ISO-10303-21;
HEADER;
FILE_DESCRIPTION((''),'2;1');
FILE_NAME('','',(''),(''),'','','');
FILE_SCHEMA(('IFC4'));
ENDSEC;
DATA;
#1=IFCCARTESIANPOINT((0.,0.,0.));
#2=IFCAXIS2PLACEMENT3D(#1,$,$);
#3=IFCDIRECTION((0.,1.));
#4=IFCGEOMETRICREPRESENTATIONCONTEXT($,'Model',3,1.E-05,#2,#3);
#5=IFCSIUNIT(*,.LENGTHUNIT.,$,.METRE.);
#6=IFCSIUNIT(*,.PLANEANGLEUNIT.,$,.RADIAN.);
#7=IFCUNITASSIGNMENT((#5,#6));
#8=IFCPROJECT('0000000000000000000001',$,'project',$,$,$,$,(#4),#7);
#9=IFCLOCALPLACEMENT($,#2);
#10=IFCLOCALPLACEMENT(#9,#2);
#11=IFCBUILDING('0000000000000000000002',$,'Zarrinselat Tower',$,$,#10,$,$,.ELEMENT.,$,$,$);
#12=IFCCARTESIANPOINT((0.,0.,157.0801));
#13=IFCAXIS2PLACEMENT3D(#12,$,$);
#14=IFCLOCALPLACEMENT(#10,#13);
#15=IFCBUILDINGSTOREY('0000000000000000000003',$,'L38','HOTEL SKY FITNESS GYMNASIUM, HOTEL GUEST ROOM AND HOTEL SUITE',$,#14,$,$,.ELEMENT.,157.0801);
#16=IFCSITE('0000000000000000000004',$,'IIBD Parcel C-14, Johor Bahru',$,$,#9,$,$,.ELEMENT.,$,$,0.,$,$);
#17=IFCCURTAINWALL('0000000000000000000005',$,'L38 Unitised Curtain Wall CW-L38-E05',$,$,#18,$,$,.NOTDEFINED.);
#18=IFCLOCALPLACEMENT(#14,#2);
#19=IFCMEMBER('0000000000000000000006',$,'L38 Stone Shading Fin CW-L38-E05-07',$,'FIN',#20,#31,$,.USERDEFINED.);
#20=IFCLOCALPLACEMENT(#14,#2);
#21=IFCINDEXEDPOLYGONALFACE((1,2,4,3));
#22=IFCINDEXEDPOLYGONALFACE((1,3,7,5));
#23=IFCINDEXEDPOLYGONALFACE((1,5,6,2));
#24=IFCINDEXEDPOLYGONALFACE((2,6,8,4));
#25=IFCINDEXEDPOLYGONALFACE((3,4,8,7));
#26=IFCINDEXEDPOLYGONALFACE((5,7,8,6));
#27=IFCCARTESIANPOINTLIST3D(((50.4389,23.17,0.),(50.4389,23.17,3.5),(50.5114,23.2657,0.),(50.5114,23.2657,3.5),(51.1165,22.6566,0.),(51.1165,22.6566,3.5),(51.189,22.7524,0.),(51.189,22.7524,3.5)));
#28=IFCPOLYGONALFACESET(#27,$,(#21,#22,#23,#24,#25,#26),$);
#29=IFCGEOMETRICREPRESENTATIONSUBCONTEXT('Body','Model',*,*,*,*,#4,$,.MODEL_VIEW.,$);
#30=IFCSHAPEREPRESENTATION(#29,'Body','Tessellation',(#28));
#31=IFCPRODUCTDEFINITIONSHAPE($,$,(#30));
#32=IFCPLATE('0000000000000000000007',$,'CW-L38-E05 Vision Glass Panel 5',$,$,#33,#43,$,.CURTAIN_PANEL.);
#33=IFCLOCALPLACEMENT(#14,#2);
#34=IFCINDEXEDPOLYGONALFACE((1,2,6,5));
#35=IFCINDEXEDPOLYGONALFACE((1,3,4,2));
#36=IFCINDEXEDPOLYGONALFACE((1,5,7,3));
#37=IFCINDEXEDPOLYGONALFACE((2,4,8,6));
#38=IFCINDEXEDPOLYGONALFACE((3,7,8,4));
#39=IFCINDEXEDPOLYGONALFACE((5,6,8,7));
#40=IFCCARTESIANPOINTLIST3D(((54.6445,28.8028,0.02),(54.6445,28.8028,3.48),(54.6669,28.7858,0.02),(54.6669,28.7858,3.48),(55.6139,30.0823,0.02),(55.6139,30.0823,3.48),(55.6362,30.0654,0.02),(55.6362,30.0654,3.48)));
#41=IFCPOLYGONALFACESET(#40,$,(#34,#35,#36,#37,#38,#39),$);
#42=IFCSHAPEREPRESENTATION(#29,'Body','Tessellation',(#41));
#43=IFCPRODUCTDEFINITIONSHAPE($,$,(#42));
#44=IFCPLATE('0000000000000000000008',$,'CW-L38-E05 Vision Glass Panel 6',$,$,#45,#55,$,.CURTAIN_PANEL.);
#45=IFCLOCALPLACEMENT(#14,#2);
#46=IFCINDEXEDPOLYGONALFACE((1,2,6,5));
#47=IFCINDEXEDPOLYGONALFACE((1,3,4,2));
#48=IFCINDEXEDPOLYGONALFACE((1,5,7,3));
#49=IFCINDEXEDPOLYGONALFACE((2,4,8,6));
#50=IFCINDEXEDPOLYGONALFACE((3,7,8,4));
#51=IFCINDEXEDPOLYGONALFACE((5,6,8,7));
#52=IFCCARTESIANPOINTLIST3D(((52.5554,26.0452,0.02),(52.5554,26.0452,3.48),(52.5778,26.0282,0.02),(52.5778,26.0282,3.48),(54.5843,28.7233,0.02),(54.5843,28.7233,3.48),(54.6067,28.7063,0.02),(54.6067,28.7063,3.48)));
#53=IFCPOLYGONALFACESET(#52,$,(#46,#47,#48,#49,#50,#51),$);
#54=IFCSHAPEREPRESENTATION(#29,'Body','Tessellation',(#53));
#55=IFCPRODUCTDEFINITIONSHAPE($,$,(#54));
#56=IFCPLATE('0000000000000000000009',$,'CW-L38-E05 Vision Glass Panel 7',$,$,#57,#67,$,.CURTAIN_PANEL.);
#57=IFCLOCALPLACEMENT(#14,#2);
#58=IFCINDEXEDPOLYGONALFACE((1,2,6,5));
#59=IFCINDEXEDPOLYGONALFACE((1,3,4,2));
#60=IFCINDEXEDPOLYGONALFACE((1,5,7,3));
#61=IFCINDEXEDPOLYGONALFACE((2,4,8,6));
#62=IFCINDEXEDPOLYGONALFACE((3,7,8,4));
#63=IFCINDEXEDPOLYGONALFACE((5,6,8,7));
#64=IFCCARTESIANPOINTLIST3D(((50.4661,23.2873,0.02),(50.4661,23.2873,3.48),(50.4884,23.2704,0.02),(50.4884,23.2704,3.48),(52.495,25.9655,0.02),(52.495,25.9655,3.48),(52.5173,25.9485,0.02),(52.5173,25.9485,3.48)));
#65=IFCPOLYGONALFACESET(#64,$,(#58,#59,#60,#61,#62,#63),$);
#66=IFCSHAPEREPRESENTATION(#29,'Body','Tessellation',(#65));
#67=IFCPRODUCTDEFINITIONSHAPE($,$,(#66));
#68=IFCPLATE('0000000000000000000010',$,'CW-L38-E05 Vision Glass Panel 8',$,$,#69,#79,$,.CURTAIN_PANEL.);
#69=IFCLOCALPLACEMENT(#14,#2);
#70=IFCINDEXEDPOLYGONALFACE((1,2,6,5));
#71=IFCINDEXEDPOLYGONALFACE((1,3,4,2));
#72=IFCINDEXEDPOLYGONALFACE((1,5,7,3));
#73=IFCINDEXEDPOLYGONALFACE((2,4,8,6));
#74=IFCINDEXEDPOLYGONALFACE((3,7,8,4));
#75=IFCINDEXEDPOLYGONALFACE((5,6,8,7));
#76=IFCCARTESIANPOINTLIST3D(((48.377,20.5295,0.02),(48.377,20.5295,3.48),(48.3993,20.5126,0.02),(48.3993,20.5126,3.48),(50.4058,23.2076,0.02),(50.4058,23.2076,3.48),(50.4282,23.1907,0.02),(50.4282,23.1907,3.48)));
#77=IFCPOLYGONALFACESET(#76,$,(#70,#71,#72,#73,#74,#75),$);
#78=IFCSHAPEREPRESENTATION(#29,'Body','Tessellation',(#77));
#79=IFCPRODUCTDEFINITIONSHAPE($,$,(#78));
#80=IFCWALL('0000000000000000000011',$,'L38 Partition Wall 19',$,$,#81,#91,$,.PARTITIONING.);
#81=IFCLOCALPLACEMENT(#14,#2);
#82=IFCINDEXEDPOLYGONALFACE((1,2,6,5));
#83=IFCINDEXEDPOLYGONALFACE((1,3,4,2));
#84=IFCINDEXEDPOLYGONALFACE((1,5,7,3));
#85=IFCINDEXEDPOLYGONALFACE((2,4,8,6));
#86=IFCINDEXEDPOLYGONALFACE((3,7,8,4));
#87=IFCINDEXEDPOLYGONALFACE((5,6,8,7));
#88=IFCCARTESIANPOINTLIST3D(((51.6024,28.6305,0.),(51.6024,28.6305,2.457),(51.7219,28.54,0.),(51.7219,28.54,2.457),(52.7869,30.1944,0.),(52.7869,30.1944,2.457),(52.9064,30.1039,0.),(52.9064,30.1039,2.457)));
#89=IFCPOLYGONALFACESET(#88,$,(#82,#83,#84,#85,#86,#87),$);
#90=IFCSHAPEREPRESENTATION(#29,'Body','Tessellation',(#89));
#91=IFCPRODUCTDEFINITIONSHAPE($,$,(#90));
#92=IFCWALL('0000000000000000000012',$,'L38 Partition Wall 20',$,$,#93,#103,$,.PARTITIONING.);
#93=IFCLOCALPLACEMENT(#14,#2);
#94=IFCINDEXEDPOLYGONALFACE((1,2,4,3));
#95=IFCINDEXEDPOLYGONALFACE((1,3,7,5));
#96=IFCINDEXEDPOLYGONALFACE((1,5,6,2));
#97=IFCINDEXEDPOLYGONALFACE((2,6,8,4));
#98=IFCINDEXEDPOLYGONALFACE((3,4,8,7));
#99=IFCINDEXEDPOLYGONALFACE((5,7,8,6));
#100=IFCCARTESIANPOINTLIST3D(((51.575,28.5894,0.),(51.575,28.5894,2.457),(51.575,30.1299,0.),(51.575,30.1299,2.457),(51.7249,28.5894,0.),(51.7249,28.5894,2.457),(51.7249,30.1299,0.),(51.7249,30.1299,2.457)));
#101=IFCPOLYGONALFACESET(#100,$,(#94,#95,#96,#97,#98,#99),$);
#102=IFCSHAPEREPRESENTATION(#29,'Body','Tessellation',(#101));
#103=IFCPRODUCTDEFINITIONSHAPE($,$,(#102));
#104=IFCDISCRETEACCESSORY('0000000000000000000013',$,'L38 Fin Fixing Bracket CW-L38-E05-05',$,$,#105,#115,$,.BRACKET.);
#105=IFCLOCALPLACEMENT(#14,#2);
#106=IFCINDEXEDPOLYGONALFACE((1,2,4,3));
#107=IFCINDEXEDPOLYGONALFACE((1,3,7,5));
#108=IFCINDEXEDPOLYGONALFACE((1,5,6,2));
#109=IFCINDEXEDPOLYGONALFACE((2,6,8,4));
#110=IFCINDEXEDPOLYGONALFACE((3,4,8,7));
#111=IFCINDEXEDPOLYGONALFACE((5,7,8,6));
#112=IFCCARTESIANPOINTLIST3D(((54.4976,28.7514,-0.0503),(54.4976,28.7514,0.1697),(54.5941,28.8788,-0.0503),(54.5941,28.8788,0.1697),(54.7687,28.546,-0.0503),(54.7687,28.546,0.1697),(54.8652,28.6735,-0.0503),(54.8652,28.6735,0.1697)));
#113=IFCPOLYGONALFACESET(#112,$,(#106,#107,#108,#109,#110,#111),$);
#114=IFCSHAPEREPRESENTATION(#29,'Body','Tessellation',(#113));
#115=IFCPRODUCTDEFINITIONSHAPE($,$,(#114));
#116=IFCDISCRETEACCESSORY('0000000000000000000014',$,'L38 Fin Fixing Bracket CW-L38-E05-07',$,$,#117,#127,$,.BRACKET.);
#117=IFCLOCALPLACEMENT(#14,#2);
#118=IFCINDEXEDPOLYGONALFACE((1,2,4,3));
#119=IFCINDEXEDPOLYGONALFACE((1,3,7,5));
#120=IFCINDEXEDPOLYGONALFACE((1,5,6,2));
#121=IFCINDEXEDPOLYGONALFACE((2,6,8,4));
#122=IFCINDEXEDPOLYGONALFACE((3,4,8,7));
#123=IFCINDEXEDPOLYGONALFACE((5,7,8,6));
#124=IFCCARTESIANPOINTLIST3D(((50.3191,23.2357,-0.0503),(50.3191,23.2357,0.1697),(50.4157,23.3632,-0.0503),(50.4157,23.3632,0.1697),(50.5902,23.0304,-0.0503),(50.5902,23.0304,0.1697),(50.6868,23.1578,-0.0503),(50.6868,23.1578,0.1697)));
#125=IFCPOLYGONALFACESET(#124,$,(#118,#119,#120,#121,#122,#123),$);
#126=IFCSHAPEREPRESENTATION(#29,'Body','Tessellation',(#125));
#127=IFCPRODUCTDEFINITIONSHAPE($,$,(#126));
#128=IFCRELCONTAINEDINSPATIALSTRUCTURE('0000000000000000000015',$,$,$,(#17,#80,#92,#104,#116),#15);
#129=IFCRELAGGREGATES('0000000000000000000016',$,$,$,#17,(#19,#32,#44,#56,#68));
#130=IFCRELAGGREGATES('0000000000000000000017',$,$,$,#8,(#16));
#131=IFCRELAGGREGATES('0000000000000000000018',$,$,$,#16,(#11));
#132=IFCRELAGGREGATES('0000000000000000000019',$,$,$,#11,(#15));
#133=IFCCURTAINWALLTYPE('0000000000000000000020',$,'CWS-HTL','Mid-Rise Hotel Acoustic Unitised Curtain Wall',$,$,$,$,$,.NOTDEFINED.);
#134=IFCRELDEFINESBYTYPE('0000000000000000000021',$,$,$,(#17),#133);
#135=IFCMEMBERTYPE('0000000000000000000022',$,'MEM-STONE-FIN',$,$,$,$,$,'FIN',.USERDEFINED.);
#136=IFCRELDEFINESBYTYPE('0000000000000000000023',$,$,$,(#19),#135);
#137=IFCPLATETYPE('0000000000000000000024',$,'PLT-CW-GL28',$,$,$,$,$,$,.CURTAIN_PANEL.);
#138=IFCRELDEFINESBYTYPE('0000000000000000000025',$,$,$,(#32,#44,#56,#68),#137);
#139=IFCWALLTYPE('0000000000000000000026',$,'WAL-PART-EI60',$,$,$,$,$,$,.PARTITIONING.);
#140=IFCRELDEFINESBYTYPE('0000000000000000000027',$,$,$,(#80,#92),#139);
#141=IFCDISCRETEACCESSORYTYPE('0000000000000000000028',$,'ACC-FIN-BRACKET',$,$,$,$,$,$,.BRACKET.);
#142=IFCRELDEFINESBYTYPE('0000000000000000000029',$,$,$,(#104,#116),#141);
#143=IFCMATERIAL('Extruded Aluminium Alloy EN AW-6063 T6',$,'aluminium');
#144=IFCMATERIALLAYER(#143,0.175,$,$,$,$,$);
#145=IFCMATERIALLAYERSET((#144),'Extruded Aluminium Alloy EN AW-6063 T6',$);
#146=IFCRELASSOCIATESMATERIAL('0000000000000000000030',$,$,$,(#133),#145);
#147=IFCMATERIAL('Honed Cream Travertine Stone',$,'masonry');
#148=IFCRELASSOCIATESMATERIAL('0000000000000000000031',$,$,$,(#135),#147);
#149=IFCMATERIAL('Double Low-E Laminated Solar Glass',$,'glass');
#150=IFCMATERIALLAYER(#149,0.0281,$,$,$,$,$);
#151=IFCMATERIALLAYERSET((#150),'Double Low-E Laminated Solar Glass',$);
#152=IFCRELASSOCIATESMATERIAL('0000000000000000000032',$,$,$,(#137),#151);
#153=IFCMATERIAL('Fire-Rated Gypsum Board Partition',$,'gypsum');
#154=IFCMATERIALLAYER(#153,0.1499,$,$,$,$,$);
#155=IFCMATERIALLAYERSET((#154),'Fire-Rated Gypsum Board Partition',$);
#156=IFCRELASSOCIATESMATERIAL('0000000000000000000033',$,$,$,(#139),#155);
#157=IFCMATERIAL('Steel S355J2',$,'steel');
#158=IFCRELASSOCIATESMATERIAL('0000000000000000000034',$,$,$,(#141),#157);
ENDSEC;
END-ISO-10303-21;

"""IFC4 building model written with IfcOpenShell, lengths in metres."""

from ifc_helpers import new_model, si_unit, direction, frame, frame_2d, origin, origin_2d, place, context, subcontext, project, spatial, rectangle, extrude, material, layer, layer_set, material_profile, profile_set, type_object, element, aggregate, save


model = new_model("IFC4")

# Units and contexts
model_context = context("Model", 3, precision=1e-05, world=origin(), true_north=direction((0.0, 1.0)))
body_context = subcontext(model_context, "Body", "Model", "MODEL_VIEW")
ifc_project = project(units=[si_unit("LENGTHUNIT", "METRE"), si_unit("PLANEANGLEUNIT", "RADIAN")], contexts=[model_context])

# Site, building, storey
site_placement = place(None, origin())
site = spatial("IfcSite", under=ifc_project, at=site_placement, Name="IIBD Parcel C-14, Johor Bahru", CompositionType="ELEMENT", RefElevation=0.0)
building_placement = place(site_placement, origin())
building = spatial("IfcBuilding", under=site, at=building_placement, Name="Zarrinselat Tower", CompositionType="ELEMENT")
storey_placement = place(building_placement, frame((0.0, 0.0, 157.0801)))
storey = spatial("IfcBuildingStorey", under=building, at=storey_placement, Name="L38", Description="HOTEL SKY FITNESS GYMNASIUM, HOTEL GUEST ROOM AND HOTEL SUITE", CompositionType="ELEMENT", Elevation=157.0801)

# Curtain wall, member, plates
ifc_material_1 = material(Name="Extruded Aluminium Alloy EN AW-6063 T6", Category="aluminium")
ifc_layer_1 = layer(ifc_material_1, 0.175)
ifc_layer_set_1 = layer_set([ifc_layer_1], Name="Extruded Aluminium Alloy EN AW-6063 T6")
curtain_wall_type = type_object("IfcCurtainWallType", Name="CWS-HTL", Description="Mid-Rise Hotel Acoustic Unitised Curtain Wall", PredefinedType="NOTDEFINED", material=ifc_layer_set_1)
curtain_wall_placement = place(storey_placement, origin())
curtain_wall = element("IfcCurtainWall", 1, at=curtain_wall_placement, inside=storey, type_object=curtain_wall_type, Name="L38 Unitised Curtain Wall CW-L38-E05", PredefinedType="NOTDEFINED")
ifc_material_2 = material(Name="Honed Cream Travertine Stone", Category="masonry")
ifc_material_profile_1 = material_profile(ifc_material_2, rectangle(XDim=0.1201, YDim=0.8501, at=origin_2d()), Name="FIN 850x120")
ifc_profile_set_1 = profile_set([ifc_material_profile_1], Name="Honed Cream Travertine Stone")
member_type_1 = type_object("IfcMemberType", Name="MEM-STONE-FIN", ElementType="FIN", PredefinedType="USERDEFINED", material=ifc_profile_set_1)
member_1_placement = place(storey_placement, frame((50.814, 22.9612, 0.0), z_axis=(0.0, 0.0, 1.0), x_axis=(-0.603859, -0.797092, 0.0)))
member_1 = element("IfcMember", 2, at=member_1_placement, type_object=member_type_1, Name="L38 Stone Shading Fin CW-L38-E05-07", ObjectType="FIN", PredefinedType="USERDEFINED", context=body_context, shape_type="SweptSolid", body=[
    extrude(rectangle(XDim=0.1201, YDim=0.8501, at=origin_2d()), origin(), (0.0, 0.0, 1.0), 3.5),
])
ifc_material_3 = material(Name="Double Low-E Laminated Solar Glass", Category="glass")
ifc_layer_2 = layer(ifc_material_3, 0.0281)
ifc_layer_set_2 = layer_set([ifc_layer_2], Name="Double Low-E Laminated Solar Glass")
plate_type = type_object("IfcPlateType", Name="PLT-CW-GL28", PredefinedType="CURTAIN_PANEL", material=ifc_layer_set_2)
plate_1_placement = place(storey_placement, frame((55.1404, 29.4341, 0.02), z_axis=(0.0, 0.0, 1.0), x_axis=(-0.603859, -0.797092, 0.0)))
plate_1 = element("IfcPlate", 3, at=plate_1_placement, type_object=plate_type, Name="CW-L38-E05 Vision Glass Panel 5", PredefinedType="CURTAIN_PANEL", context=body_context, shape_type="SweptSolid", body=[
    extrude(rectangle(XDim=1.6052, YDim=0.0281, at=origin_2d()), origin(), (0.0, 0.0, 1.0), 3.46),
])
plate_2_placement = place(storey_placement, frame((53.5811, 27.3757, 0.02), z_axis=(0.0, 0.0, 1.0), x_axis=(-0.603859, -0.797092, 0.0)))
plate_2 = element("IfcPlate", 4, at=plate_2_placement, type_object=plate_type, Name="CW-L38-E05 Vision Glass Panel 6", PredefinedType="CURTAIN_PANEL", context=body_context, shape_type="SweptSolid", body=[
    extrude(rectangle(XDim=3.3599, YDim=0.0281, at=origin_2d()), origin(), (0.0, 0.0, 1.0), 3.46),
])
plate_3_placement = place(storey_placement, frame((51.4917, 24.6179, 0.02), z_axis=(0.0, 0.0, 1.0), x_axis=(-0.603859, -0.797092, 0.0)))
plate_3 = element("IfcPlate", 5, at=plate_3_placement, type_object=plate_type, Name="CW-L38-E05 Vision Glass Panel 7", PredefinedType="CURTAIN_PANEL", context=body_context, shape_type="SweptSolid", body=[
    extrude(rectangle(XDim=3.3599, YDim=0.0281, at=origin_2d()), origin(), (0.0, 0.0, 1.0), 3.46),
])
plate_4_placement = place(storey_placement, frame((49.4026, 21.8601, 0.02), z_axis=(0.0, 0.0, 1.0), x_axis=(-0.603859, -0.797092, 0.0)))
plate_4 = element("IfcPlate", 6, at=plate_4_placement, type_object=plate_type, Name="CW-L38-E05 Vision Glass Panel 8", PredefinedType="CURTAIN_PANEL", context=body_context, shape_type="SweptSolid", body=[
    extrude(rectangle(XDim=3.3599, YDim=0.0281, at=origin_2d()), origin(), (0.0, 0.0, 1.0), 3.46),
])
aggregate(curtain_wall, [member_1, plate_1, plate_2, plate_3, plate_4])

# Walls
ifc_material_4 = material(Name="Fire-Rated Gypsum Board Partition", Category="gypsum")
ifc_layer_3 = layer(ifc_material_4, 0.1499)
ifc_layer_set_3 = layer_set([ifc_layer_3], Name="Fire-Rated Gypsum Board Partition")
wall_type = type_object("IfcWallType", Name="WAL-PART-EI60", PredefinedType="PARTITIONING", material=ifc_layer_set_3)
wall_1_placement = place(storey_placement, frame((51.6621, 28.5852, 0.0), z_axis=(0.0, 0.0, 1.0), x_axis=(0.603776, 0.797154, 0.0)))
element("IfcWall", 7, at=wall_1_placement, inside=storey, type_object=wall_type, Name="L38 Partition Wall 19", PredefinedType="PARTITIONING", context=body_context, shape_type="SweptSolid", body=[
    extrude(rectangle(XDim=1.9619, YDim=0.1499, at=frame_2d((0.981, 0.0))), origin(), (0.0, 0.0, 1.0), 2.457),
])
wall_2_placement = place(storey_placement, frame((51.6499, 28.5894, 0.0), z_axis=(0.0, 0.0, 1.0), x_axis=(0.0, 1.0, 0.0)))
element("IfcWall", 8, at=wall_2_placement, inside=storey, type_object=wall_type, Name="L38 Partition Wall 20", PredefinedType="PARTITIONING", context=body_context, shape_type="SweptSolid", body=[
    extrude(rectangle(XDim=1.5405, YDim=0.1499, at=frame_2d((0.7703, 0.0))), origin(), (0.0, 0.0, 1.0), 2.457),
])

# Discrete accessories
ifc_material_5 = material(Name="Steel S355J2", Category="steel")
discrete_accessory_type = type_object("IfcDiscreteAccessoryType", Name="ACC-FIN-BRACKET", PredefinedType="BRACKET", material=ifc_material_5)
for number, where, z_axis, x_axis, name in (
    (9, (54.6814, 28.7124, -0.0503), (0.0, 0.0, 1.0), (0.797092, -0.603859, 0.0), "L38 Fin Fixing Bracket CW-L38-E05-05"),
    (10, (50.5029, 23.1968, -0.0503), (0.0, 0.0, 1.0), (0.797092, -0.603859, 0.0), "L38 Fin Fixing Bracket CW-L38-E05-07"),
):
    element("IfcDiscreteAccessory", number, at=place(storey_placement, frame(where, z_axis=z_axis, x_axis=x_axis)), inside=storey, type_object=discrete_accessory_type, Name=name, PredefinedType="BRACKET", context=body_context, shape_type="SweptSolid", body=[
        extrude(rectangle(XDim=0.3401, YDim=0.1599, at=origin_2d()), origin(), (0.0, 0.0, 1.0), 0.22),
    ])

save(model, "model.ifc")
